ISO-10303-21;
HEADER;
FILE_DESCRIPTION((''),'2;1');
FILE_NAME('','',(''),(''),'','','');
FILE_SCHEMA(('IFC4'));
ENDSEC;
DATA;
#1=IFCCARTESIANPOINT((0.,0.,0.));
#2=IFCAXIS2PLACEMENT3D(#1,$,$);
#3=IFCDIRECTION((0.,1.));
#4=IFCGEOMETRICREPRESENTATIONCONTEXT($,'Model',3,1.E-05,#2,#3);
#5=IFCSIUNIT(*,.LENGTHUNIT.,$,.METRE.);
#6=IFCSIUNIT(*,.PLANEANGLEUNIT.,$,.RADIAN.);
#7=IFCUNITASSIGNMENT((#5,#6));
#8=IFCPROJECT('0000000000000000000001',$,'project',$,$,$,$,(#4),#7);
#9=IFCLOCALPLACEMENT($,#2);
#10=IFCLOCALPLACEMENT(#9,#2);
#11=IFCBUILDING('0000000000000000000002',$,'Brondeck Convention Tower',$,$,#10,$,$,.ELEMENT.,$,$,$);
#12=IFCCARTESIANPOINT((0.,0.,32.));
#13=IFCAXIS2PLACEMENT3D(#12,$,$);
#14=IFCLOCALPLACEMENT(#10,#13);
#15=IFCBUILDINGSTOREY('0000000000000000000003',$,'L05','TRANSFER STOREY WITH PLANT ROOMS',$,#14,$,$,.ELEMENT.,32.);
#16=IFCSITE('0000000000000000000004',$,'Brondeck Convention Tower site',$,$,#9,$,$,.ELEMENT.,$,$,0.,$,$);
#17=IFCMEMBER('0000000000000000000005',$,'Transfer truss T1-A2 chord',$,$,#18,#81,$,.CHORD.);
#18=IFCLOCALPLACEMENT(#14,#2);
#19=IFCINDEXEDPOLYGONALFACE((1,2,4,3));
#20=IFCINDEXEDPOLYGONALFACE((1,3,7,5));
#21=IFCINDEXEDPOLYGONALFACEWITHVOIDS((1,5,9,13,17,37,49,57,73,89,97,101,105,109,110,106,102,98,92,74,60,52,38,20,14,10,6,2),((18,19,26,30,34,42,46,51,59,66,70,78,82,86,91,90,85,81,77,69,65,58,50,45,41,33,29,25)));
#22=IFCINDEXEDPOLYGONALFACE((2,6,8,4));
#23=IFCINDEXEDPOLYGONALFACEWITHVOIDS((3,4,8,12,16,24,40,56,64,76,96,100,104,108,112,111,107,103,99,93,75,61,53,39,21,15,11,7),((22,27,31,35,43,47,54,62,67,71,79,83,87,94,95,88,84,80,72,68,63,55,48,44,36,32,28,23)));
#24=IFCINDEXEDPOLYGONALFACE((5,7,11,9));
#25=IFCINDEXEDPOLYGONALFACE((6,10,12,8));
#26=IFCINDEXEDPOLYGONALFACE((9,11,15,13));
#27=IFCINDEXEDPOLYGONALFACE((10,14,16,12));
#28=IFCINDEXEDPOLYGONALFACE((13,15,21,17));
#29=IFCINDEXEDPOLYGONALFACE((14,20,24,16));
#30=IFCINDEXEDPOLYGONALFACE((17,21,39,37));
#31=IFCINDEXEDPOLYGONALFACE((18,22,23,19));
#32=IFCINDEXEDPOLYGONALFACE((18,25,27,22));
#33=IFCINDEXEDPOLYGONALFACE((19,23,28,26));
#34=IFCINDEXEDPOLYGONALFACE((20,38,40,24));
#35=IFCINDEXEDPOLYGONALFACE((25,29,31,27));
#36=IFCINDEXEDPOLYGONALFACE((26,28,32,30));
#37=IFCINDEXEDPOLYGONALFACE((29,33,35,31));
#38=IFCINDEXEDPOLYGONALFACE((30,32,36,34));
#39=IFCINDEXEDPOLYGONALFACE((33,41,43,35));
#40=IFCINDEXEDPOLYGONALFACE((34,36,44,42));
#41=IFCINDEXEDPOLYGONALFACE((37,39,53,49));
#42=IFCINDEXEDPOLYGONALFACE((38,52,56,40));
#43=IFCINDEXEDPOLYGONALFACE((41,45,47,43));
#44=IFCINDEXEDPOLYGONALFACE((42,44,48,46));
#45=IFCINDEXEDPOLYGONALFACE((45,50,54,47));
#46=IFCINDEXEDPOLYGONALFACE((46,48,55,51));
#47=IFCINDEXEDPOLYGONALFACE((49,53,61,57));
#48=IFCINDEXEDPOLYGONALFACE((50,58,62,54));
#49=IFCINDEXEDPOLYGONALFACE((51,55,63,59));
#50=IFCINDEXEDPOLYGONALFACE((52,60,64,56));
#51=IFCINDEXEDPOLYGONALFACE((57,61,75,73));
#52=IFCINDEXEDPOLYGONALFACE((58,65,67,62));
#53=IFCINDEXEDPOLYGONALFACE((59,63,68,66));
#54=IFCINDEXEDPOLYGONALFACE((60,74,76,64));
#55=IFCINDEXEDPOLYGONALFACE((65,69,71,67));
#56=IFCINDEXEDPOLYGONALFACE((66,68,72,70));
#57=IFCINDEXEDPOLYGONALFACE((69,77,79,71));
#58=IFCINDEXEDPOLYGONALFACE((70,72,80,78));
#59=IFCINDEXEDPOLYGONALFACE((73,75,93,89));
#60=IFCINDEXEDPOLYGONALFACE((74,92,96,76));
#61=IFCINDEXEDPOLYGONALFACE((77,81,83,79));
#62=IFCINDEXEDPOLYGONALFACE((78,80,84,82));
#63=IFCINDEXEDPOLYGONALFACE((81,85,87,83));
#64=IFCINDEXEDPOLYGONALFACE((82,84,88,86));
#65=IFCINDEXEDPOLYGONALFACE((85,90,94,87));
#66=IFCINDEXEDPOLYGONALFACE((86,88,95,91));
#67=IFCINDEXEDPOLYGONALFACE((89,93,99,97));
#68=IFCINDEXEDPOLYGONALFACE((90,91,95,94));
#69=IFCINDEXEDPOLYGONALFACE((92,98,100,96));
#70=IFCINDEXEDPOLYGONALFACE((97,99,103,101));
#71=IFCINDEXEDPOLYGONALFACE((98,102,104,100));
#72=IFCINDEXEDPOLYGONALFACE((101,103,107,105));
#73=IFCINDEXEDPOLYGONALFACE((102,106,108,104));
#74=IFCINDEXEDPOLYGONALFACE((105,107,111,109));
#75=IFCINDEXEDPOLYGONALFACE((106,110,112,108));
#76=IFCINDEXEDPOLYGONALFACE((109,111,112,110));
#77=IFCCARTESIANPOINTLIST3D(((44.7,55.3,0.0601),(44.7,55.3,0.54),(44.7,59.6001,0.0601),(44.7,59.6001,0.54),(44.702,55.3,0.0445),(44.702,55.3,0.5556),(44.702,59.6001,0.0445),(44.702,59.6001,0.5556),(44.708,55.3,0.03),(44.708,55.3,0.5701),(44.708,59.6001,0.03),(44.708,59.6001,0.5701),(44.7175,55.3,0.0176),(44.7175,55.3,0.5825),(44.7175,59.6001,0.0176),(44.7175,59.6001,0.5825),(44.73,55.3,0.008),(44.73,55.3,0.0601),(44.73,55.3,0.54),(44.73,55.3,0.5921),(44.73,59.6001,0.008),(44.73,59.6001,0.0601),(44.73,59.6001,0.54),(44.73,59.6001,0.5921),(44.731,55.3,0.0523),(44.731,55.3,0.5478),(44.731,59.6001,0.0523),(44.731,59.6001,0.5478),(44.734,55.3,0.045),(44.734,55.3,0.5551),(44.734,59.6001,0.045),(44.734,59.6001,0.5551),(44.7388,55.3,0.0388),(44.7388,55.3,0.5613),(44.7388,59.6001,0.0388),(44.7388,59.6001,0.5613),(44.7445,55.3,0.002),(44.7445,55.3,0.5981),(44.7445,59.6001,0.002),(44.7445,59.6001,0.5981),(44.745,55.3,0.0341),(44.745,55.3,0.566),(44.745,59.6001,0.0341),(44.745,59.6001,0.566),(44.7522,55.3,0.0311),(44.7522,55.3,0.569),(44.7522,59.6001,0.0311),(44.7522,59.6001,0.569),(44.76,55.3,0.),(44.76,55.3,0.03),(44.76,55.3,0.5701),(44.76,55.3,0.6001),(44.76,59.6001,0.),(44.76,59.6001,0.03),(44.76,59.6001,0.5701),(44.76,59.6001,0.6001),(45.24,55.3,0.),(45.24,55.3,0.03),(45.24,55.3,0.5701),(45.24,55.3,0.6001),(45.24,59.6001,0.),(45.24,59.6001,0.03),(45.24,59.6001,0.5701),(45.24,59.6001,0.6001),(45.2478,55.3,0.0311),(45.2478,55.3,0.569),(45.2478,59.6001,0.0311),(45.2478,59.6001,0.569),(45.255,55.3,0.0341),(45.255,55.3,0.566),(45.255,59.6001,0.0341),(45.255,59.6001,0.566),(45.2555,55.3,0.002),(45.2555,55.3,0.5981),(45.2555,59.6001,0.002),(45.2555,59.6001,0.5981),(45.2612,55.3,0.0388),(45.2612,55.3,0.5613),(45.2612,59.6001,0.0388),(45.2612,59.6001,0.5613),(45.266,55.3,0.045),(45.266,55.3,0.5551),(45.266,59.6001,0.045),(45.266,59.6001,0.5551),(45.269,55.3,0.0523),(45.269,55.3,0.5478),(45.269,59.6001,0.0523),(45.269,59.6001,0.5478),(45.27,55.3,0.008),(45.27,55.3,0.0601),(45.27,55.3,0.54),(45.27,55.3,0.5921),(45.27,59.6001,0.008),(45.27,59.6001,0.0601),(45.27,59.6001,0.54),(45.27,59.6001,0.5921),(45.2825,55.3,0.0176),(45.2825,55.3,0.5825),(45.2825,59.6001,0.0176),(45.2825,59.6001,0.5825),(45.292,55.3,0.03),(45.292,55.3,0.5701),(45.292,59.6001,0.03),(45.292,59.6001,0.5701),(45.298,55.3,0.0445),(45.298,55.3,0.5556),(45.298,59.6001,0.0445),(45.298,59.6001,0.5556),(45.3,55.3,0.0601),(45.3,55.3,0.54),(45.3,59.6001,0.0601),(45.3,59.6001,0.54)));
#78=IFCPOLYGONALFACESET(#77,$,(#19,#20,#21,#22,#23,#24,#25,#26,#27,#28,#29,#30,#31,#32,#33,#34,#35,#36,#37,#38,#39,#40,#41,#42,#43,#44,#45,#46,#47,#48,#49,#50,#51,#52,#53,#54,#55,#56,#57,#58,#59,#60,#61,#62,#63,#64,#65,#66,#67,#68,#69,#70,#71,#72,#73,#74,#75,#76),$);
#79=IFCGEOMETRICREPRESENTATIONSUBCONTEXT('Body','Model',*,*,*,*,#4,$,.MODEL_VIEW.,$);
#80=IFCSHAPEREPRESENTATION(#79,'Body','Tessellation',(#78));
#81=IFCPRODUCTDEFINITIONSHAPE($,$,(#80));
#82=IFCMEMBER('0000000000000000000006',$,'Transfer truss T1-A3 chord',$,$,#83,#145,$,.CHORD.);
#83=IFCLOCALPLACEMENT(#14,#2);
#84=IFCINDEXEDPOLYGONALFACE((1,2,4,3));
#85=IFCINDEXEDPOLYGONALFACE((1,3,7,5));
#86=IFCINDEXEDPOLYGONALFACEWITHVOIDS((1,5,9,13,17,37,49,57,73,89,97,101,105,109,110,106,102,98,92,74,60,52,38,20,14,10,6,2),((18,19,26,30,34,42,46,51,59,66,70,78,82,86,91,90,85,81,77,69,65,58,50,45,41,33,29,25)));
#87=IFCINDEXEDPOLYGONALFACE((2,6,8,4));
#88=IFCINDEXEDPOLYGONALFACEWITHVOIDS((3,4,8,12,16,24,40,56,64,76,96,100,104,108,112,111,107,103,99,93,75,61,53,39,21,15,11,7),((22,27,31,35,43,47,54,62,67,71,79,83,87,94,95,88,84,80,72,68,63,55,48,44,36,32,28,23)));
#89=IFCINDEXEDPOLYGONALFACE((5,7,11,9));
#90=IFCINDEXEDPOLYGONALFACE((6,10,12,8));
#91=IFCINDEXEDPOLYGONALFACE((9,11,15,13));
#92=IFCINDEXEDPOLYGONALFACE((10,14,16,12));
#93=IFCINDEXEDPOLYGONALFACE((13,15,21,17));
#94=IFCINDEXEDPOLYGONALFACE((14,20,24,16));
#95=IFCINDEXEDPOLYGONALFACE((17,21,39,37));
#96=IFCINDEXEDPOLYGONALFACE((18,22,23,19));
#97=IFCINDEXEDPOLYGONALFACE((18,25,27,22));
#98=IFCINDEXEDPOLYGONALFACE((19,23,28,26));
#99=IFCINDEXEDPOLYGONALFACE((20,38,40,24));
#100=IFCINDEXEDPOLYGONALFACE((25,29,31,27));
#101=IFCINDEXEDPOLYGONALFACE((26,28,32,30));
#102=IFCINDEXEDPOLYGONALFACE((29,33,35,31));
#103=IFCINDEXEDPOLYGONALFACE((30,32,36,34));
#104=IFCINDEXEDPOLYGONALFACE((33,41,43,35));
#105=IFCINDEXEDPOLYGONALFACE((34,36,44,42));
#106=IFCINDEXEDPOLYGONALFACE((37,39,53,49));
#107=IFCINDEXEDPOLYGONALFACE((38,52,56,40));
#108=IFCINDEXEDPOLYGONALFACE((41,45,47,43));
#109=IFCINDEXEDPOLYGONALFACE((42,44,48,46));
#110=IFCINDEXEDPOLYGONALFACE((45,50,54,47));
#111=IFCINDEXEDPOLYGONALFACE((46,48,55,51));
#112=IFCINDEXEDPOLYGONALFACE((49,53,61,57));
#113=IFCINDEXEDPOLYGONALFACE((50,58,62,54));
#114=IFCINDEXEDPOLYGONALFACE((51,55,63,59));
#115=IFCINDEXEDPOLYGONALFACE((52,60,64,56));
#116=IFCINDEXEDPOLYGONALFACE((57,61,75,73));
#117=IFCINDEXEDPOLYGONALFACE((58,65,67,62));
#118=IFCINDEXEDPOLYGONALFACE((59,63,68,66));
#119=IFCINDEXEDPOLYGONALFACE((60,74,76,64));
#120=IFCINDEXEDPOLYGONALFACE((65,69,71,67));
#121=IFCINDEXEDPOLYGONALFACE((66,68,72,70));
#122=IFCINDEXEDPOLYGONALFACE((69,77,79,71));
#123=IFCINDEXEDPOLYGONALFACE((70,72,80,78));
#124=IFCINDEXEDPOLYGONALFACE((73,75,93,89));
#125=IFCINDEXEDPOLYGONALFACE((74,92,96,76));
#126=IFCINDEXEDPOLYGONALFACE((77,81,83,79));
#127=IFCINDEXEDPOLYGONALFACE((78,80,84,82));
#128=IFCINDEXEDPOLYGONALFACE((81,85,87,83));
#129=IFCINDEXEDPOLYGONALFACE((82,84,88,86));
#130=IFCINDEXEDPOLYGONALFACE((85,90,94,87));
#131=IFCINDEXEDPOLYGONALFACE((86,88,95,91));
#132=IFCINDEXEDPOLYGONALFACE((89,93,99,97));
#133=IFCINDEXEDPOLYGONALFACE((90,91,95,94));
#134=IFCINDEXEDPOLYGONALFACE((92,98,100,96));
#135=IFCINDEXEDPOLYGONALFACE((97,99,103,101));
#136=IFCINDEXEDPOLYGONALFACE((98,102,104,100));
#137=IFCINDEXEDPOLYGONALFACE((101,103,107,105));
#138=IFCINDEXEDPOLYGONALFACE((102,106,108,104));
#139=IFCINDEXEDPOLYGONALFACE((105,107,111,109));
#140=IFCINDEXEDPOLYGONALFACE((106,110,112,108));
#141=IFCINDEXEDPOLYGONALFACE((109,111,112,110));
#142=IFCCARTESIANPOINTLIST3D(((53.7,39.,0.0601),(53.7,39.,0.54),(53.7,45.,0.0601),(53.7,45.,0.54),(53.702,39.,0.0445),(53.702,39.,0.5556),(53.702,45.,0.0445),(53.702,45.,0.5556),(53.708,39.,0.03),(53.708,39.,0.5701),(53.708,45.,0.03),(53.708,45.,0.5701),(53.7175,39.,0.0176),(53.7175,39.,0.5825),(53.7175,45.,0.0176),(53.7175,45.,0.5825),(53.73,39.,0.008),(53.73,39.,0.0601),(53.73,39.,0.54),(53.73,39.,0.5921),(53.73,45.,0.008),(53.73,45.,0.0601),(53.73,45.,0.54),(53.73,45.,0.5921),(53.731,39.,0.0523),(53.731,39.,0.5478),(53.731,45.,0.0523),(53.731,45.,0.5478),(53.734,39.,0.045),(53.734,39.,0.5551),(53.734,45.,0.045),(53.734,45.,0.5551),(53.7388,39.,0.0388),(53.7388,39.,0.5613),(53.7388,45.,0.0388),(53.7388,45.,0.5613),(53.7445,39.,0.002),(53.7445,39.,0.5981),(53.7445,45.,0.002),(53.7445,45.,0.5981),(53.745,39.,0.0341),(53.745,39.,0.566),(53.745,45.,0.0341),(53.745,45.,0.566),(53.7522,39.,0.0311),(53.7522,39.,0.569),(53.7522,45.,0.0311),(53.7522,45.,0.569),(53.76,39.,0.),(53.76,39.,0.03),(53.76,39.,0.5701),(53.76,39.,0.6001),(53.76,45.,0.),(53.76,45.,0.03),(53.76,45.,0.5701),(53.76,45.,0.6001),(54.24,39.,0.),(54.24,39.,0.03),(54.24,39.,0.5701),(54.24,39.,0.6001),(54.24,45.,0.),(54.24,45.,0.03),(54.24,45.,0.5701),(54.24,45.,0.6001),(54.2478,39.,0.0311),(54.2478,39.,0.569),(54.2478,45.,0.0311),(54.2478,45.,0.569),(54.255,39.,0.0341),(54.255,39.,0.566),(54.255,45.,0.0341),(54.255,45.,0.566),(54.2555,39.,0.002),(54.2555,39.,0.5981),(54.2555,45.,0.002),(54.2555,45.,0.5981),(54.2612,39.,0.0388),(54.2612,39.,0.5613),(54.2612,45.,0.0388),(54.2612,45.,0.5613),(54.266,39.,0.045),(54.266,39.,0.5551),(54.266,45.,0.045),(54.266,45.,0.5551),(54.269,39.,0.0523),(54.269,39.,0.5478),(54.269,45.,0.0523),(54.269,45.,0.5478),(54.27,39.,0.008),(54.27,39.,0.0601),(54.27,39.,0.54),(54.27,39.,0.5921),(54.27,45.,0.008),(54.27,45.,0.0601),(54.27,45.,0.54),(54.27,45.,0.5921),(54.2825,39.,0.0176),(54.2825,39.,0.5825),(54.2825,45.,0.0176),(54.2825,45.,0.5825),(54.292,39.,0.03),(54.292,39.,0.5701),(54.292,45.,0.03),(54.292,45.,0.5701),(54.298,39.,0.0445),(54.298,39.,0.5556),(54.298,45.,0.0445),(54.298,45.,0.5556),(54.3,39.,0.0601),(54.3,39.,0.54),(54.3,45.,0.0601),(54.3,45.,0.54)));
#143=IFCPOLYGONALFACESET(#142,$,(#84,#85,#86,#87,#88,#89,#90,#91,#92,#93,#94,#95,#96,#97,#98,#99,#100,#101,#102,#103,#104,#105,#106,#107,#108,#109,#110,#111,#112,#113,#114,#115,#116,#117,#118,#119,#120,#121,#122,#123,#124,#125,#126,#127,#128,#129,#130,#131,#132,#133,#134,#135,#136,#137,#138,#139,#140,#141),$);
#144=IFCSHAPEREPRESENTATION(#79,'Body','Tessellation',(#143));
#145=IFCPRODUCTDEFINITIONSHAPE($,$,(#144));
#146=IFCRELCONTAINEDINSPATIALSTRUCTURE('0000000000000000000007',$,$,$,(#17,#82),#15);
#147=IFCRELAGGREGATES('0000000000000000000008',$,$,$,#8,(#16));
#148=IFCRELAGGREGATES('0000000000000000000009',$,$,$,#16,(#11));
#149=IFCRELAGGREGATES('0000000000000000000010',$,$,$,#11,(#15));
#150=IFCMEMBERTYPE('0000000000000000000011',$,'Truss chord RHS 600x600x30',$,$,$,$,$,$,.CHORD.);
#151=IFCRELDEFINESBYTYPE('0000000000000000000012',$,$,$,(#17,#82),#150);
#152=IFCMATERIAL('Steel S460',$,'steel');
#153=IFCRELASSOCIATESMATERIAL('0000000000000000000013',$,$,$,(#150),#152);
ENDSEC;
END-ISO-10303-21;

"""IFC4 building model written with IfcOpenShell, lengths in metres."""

from ifc_helpers import new_model, si_unit, direction, frame, origin, origin_2d, place, context, subcontext, project, spatial, hollow_rectangle, extrude, material, material_profile, profile_set, type_object, element, save


model = new_model("IFC4")

# Units and contexts
model_context = context("Model", 3, precision=1e-05, world=origin(), true_north=direction((0.0, 1.0)))
body_context = subcontext(model_context, "Body", "Model", "MODEL_VIEW")
ifc_project = project(units=[si_unit("LENGTHUNIT", "METRE"), si_unit("PLANEANGLEUNIT", "RADIAN")], contexts=[model_context])

# Site, building, storey
site_placement = place(None, origin())
site = spatial("IfcSite", under=ifc_project, at=site_placement, Name="Brondeck Convention Tower site", CompositionType="ELEMENT", RefElevation=0.0)
building_placement = place(site_placement, origin())
building = spatial("IfcBuilding", under=site, at=building_placement, Name="Brondeck Convention Tower", CompositionType="ELEMENT")
storey_placement = place(building_placement, frame((0.0, 0.0, 32.0)))
storey = spatial("IfcBuildingStorey", under=building, at=storey_placement, Name="L05", Description="TRANSFER STOREY WITH PLANT ROOMS", CompositionType="ELEMENT", Elevation=32.0)

# Shared definitions
ifc_material_1 = material(Name="Steel S460", Category="steel")

# Members
ifc_material_profile_1 = material_profile(ifc_material_1, hollow_rectangle(XDim=0.6001, YDim=0.6001, WallThickness=0.03, InnerFilletRadius=0.03, OuterFilletRadius=0.0601, at=origin_2d()), Name="RHS 600x600x30")
ifc_profile_set_1 = profile_set([ifc_material_profile_1], Name="Steel S460")
member_type_1 = type_object("IfcMemberType", Name="Truss chord RHS 600x600x30", PredefinedType="CHORD", material=ifc_profile_set_1)
for number, where, z_axis, x_axis, name in (
    (1, (45.0, 55.3, 0.3), (0.0, 1.0, 0.0), (-1.0, 0.0, 0.0), "Transfer truss T1-A2 chord"),
):
    element("IfcMember", number, at=place(storey_placement, frame(where, z_axis=z_axis, x_axis=x_axis)), inside=storey, type_object=member_type_1, Name=name, PredefinedType="CHORD", context=body_context, shape_type="SweptSolid", body=[
        extrude(hollow_rectangle(XDim=0.6001, YDim=0.6001, WallThickness=0.03, InnerFilletRadius=0.03, OuterFilletRadius=0.0601, at=origin_2d()), origin(), (0.0, 0.0, 1.0), 4.3),
    ])
member_1_placement = place(storey_placement, frame((54.0, 39.0, 0.3), z_axis=(0.0, 1.0, 0.0), x_axis=(-1.0, 0.0, 0.0)))
element("IfcMember", 2, at=member_1_placement, inside=storey, type_object=member_type_1, Name="Transfer truss T1-A3 chord", PredefinedType="CHORD", context=body_context, shape_type="SweptSolid", body=[
    extrude(hollow_rectangle(XDim=0.6001, YDim=0.6001, WallThickness=0.03, InnerFilletRadius=0.03, OuterFilletRadius=0.0601, at=origin_2d()), origin(), (0.0, 0.0, 1.0), 6.0),
])

save(model, "model.ifc")
